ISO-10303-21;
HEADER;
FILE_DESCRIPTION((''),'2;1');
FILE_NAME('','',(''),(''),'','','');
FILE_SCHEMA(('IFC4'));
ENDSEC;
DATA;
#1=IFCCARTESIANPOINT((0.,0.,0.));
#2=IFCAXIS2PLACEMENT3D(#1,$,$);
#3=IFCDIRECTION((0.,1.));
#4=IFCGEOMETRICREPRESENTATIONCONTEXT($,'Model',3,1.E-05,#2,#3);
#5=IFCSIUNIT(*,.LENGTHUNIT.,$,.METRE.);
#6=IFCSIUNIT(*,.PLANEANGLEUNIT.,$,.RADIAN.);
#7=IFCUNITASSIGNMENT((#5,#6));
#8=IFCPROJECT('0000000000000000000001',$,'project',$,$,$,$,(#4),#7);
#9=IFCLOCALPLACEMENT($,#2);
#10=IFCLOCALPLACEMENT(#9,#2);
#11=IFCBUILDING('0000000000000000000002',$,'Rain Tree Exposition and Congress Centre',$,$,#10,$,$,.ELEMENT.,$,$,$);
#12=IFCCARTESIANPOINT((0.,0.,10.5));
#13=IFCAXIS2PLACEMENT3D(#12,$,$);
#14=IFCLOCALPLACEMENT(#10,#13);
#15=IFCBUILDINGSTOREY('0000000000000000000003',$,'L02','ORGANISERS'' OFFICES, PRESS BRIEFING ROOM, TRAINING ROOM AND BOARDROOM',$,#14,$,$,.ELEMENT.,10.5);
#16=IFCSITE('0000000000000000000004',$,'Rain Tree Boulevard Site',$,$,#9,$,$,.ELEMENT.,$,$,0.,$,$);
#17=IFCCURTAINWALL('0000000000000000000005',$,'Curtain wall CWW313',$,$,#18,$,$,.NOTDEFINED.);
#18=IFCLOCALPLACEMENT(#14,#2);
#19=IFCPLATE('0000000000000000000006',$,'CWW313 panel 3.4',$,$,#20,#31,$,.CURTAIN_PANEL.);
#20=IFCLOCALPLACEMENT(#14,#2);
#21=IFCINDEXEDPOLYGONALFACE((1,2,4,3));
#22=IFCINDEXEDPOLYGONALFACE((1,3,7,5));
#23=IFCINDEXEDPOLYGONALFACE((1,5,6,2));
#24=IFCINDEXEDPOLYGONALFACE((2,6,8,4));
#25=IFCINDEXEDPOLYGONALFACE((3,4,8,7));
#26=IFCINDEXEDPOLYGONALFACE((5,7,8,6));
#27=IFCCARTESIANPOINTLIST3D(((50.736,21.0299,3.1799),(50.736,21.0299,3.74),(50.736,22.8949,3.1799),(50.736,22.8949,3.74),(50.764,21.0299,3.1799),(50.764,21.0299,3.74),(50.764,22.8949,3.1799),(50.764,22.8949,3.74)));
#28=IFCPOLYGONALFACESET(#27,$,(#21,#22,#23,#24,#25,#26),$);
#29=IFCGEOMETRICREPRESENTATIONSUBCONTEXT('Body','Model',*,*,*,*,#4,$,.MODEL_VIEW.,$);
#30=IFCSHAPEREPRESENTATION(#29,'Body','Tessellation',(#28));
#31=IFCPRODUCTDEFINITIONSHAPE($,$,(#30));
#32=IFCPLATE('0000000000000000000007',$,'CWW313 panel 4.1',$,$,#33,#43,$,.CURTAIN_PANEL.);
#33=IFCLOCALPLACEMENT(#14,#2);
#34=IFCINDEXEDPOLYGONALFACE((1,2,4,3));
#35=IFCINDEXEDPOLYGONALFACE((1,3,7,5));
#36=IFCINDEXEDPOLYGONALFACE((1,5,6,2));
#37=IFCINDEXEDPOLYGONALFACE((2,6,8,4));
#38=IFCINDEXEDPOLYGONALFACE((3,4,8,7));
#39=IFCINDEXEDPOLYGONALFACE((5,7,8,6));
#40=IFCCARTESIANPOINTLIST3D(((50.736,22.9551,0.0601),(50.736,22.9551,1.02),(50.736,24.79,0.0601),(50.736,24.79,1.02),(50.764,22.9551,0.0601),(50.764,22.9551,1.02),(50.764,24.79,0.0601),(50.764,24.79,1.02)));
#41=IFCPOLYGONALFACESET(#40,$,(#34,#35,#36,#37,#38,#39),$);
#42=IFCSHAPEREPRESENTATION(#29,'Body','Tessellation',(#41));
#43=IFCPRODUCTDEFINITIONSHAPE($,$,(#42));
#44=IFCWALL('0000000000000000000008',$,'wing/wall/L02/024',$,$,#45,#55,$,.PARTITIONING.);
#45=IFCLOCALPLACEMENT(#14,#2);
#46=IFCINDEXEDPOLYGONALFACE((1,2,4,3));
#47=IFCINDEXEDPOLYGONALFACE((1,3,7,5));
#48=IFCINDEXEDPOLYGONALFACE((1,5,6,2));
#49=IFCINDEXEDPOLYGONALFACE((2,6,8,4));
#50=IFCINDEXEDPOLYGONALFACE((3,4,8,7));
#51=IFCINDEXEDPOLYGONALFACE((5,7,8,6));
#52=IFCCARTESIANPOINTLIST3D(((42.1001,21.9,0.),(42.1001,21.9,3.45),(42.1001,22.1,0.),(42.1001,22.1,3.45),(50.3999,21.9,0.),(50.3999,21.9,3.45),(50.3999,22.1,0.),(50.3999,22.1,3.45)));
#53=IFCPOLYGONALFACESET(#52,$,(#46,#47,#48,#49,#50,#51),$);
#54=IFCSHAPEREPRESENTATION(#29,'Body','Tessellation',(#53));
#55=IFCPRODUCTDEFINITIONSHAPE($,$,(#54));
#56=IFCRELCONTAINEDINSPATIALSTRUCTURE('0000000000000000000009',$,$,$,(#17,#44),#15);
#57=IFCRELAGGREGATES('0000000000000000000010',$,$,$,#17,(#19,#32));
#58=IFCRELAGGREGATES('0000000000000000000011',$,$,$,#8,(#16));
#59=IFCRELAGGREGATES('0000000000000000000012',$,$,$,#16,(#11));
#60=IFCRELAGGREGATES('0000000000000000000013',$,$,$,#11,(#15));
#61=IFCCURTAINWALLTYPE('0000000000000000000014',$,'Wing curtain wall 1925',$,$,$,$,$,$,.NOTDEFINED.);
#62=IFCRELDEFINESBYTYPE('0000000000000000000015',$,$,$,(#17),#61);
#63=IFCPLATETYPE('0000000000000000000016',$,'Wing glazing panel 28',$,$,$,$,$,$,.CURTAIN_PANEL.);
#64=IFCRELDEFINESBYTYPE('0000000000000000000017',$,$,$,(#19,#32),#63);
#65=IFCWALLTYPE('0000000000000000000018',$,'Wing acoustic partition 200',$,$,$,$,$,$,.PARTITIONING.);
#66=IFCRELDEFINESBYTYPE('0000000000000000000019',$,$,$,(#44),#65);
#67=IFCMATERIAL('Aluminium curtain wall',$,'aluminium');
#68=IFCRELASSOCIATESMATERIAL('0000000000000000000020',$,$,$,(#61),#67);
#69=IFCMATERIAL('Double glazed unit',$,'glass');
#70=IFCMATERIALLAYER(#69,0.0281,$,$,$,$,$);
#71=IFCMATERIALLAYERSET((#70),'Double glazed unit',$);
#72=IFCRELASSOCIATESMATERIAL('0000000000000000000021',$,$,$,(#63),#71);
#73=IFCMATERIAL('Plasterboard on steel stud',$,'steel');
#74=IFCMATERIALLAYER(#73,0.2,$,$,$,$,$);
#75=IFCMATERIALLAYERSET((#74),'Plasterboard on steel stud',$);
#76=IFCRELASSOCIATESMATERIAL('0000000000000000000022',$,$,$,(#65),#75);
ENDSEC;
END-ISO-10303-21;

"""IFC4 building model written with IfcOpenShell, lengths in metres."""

from ifc_helpers import new_model, si_unit, direction, frame, frame_2d, origin, origin_2d, place, context, subcontext, project, spatial, rectangle, extrude, material, layer, layer_set, type_object, element, aggregate, save


model = new_model("IFC4")

# Units and contexts
model_context = context("Model", 3, precision=1e-05, world=origin(), true_north=direction((0.0, 1.0)))
body_context = subcontext(model_context, "Body", "Model", "MODEL_VIEW")
ifc_project = project(units=[si_unit("LENGTHUNIT", "METRE"), si_unit("PLANEANGLEUNIT", "RADIAN")], contexts=[model_context])

# Site, building, storey
site_placement = place(None, origin())
site = spatial("IfcSite", under=ifc_project, at=site_placement, Name="Rain Tree Boulevard Site", CompositionType="ELEMENT", RefElevation=0.0)
building_placement = place(site_placement, origin())
building = spatial("IfcBuilding", under=site, at=building_placement, Name="Rain Tree Exposition and Congress Centre", CompositionType="ELEMENT")
storey_placement = place(building_placement, frame((0.0, 0.0, 10.5)))
storey = spatial("IfcBuildingStorey", under=building, at=storey_placement, Name="L02", Description="ORGANISERS' OFFICES, PRESS BRIEFING ROOM, TRAINING ROOM AND BOARDROOM", CompositionType="ELEMENT", Elevation=10.5)

# Curtain wall, plates
ifc_material_1 = material(Name="Aluminium curtain wall", Category="aluminium")
curtain_wall_type = type_object("IfcCurtainWallType", Name="Wing curtain wall 1925", PredefinedType="NOTDEFINED", material=ifc_material_1)
curtain_wall_placement = place(storey_placement, origin())
curtain_wall = element("IfcCurtainWall", 1, at=curtain_wall_placement, inside=storey, type_object=curtain_wall_type, Name="Curtain wall CWW313", PredefinedType="NOTDEFINED")
ifc_material_2 = material(Name="Double glazed unit", Category="glass")
ifc_layer_1 = layer(ifc_material_2, 0.0281)
ifc_layer_set_1 = layer_set([ifc_layer_1], Name="Double glazed unit")
plate_type = type_object("IfcPlateType", Name="Wing glazing panel 28", PredefinedType="CURTAIN_PANEL", material=ifc_layer_set_1)
plate_1_placement = place(storey_placement, frame((50.75, 21.9624, 3.1799), z_axis=(0.0, 0.0, 1.0), x_axis=(0.0, 1.0, 0.0)))
plate_1 = element("IfcPlate", 2, at=plate_1_placement, type_object=plate_type, Name="CWW313 panel 3.4", PredefinedType="CURTAIN_PANEL", context=body_context, shape_type="SweptSolid", body=[
    extrude(rectangle(XDim=1.865, YDim=0.0281, at=origin_2d()), origin(), (0.0, 0.0, 1.0), 0.5601),
])
plate_2_placement = place(storey_placement, frame((50.75, 23.8726, 0.0601), z_axis=(0.0, 0.0, 1.0), x_axis=(0.0, 1.0, 0.0)))
plate_2 = element("IfcPlate", 3, at=plate_2_placement, type_object=plate_type, Name="CWW313 panel 4.1", PredefinedType="CURTAIN_PANEL", context=body_context, shape_type="SweptSolid", body=[
    extrude(rectangle(XDim=1.835, YDim=0.0281, at=origin_2d()), origin(), (0.0, 0.0, 1.0), 0.96),
])
aggregate(curtain_wall, [plate_1, plate_2])

# Wall
ifc_material_3 = material(Name="Plasterboard on steel stud", Category="steel")
ifc_layer_2 = layer(ifc_material_3, 0.2)
ifc_layer_set_2 = layer_set([ifc_layer_2], Name="Plasterboard on steel stud")
wall_type = type_object("IfcWallType", Name="Wing acoustic partition 200", PredefinedType="PARTITIONING", material=ifc_layer_set_2)
wall_placement = place(storey_placement, frame((42.1001, 22.0, 0.0), z_axis=(0.0, 0.0, 1.0), x_axis=(1.0, 0.0, 0.0)))
element("IfcWall", 4, at=wall_placement, inside=storey, type_object=wall_type, Name="wing/wall/L02/024", PredefinedType="PARTITIONING", context=body_context, shape_type="SweptSolid", body=[
    extrude(rectangle(XDim=8.2998, YDim=0.2, at=frame_2d((4.1499, 0.0))), origin(), (0.0, 0.0, 1.0), 3.45),
])

save(model, "model.ifc")
